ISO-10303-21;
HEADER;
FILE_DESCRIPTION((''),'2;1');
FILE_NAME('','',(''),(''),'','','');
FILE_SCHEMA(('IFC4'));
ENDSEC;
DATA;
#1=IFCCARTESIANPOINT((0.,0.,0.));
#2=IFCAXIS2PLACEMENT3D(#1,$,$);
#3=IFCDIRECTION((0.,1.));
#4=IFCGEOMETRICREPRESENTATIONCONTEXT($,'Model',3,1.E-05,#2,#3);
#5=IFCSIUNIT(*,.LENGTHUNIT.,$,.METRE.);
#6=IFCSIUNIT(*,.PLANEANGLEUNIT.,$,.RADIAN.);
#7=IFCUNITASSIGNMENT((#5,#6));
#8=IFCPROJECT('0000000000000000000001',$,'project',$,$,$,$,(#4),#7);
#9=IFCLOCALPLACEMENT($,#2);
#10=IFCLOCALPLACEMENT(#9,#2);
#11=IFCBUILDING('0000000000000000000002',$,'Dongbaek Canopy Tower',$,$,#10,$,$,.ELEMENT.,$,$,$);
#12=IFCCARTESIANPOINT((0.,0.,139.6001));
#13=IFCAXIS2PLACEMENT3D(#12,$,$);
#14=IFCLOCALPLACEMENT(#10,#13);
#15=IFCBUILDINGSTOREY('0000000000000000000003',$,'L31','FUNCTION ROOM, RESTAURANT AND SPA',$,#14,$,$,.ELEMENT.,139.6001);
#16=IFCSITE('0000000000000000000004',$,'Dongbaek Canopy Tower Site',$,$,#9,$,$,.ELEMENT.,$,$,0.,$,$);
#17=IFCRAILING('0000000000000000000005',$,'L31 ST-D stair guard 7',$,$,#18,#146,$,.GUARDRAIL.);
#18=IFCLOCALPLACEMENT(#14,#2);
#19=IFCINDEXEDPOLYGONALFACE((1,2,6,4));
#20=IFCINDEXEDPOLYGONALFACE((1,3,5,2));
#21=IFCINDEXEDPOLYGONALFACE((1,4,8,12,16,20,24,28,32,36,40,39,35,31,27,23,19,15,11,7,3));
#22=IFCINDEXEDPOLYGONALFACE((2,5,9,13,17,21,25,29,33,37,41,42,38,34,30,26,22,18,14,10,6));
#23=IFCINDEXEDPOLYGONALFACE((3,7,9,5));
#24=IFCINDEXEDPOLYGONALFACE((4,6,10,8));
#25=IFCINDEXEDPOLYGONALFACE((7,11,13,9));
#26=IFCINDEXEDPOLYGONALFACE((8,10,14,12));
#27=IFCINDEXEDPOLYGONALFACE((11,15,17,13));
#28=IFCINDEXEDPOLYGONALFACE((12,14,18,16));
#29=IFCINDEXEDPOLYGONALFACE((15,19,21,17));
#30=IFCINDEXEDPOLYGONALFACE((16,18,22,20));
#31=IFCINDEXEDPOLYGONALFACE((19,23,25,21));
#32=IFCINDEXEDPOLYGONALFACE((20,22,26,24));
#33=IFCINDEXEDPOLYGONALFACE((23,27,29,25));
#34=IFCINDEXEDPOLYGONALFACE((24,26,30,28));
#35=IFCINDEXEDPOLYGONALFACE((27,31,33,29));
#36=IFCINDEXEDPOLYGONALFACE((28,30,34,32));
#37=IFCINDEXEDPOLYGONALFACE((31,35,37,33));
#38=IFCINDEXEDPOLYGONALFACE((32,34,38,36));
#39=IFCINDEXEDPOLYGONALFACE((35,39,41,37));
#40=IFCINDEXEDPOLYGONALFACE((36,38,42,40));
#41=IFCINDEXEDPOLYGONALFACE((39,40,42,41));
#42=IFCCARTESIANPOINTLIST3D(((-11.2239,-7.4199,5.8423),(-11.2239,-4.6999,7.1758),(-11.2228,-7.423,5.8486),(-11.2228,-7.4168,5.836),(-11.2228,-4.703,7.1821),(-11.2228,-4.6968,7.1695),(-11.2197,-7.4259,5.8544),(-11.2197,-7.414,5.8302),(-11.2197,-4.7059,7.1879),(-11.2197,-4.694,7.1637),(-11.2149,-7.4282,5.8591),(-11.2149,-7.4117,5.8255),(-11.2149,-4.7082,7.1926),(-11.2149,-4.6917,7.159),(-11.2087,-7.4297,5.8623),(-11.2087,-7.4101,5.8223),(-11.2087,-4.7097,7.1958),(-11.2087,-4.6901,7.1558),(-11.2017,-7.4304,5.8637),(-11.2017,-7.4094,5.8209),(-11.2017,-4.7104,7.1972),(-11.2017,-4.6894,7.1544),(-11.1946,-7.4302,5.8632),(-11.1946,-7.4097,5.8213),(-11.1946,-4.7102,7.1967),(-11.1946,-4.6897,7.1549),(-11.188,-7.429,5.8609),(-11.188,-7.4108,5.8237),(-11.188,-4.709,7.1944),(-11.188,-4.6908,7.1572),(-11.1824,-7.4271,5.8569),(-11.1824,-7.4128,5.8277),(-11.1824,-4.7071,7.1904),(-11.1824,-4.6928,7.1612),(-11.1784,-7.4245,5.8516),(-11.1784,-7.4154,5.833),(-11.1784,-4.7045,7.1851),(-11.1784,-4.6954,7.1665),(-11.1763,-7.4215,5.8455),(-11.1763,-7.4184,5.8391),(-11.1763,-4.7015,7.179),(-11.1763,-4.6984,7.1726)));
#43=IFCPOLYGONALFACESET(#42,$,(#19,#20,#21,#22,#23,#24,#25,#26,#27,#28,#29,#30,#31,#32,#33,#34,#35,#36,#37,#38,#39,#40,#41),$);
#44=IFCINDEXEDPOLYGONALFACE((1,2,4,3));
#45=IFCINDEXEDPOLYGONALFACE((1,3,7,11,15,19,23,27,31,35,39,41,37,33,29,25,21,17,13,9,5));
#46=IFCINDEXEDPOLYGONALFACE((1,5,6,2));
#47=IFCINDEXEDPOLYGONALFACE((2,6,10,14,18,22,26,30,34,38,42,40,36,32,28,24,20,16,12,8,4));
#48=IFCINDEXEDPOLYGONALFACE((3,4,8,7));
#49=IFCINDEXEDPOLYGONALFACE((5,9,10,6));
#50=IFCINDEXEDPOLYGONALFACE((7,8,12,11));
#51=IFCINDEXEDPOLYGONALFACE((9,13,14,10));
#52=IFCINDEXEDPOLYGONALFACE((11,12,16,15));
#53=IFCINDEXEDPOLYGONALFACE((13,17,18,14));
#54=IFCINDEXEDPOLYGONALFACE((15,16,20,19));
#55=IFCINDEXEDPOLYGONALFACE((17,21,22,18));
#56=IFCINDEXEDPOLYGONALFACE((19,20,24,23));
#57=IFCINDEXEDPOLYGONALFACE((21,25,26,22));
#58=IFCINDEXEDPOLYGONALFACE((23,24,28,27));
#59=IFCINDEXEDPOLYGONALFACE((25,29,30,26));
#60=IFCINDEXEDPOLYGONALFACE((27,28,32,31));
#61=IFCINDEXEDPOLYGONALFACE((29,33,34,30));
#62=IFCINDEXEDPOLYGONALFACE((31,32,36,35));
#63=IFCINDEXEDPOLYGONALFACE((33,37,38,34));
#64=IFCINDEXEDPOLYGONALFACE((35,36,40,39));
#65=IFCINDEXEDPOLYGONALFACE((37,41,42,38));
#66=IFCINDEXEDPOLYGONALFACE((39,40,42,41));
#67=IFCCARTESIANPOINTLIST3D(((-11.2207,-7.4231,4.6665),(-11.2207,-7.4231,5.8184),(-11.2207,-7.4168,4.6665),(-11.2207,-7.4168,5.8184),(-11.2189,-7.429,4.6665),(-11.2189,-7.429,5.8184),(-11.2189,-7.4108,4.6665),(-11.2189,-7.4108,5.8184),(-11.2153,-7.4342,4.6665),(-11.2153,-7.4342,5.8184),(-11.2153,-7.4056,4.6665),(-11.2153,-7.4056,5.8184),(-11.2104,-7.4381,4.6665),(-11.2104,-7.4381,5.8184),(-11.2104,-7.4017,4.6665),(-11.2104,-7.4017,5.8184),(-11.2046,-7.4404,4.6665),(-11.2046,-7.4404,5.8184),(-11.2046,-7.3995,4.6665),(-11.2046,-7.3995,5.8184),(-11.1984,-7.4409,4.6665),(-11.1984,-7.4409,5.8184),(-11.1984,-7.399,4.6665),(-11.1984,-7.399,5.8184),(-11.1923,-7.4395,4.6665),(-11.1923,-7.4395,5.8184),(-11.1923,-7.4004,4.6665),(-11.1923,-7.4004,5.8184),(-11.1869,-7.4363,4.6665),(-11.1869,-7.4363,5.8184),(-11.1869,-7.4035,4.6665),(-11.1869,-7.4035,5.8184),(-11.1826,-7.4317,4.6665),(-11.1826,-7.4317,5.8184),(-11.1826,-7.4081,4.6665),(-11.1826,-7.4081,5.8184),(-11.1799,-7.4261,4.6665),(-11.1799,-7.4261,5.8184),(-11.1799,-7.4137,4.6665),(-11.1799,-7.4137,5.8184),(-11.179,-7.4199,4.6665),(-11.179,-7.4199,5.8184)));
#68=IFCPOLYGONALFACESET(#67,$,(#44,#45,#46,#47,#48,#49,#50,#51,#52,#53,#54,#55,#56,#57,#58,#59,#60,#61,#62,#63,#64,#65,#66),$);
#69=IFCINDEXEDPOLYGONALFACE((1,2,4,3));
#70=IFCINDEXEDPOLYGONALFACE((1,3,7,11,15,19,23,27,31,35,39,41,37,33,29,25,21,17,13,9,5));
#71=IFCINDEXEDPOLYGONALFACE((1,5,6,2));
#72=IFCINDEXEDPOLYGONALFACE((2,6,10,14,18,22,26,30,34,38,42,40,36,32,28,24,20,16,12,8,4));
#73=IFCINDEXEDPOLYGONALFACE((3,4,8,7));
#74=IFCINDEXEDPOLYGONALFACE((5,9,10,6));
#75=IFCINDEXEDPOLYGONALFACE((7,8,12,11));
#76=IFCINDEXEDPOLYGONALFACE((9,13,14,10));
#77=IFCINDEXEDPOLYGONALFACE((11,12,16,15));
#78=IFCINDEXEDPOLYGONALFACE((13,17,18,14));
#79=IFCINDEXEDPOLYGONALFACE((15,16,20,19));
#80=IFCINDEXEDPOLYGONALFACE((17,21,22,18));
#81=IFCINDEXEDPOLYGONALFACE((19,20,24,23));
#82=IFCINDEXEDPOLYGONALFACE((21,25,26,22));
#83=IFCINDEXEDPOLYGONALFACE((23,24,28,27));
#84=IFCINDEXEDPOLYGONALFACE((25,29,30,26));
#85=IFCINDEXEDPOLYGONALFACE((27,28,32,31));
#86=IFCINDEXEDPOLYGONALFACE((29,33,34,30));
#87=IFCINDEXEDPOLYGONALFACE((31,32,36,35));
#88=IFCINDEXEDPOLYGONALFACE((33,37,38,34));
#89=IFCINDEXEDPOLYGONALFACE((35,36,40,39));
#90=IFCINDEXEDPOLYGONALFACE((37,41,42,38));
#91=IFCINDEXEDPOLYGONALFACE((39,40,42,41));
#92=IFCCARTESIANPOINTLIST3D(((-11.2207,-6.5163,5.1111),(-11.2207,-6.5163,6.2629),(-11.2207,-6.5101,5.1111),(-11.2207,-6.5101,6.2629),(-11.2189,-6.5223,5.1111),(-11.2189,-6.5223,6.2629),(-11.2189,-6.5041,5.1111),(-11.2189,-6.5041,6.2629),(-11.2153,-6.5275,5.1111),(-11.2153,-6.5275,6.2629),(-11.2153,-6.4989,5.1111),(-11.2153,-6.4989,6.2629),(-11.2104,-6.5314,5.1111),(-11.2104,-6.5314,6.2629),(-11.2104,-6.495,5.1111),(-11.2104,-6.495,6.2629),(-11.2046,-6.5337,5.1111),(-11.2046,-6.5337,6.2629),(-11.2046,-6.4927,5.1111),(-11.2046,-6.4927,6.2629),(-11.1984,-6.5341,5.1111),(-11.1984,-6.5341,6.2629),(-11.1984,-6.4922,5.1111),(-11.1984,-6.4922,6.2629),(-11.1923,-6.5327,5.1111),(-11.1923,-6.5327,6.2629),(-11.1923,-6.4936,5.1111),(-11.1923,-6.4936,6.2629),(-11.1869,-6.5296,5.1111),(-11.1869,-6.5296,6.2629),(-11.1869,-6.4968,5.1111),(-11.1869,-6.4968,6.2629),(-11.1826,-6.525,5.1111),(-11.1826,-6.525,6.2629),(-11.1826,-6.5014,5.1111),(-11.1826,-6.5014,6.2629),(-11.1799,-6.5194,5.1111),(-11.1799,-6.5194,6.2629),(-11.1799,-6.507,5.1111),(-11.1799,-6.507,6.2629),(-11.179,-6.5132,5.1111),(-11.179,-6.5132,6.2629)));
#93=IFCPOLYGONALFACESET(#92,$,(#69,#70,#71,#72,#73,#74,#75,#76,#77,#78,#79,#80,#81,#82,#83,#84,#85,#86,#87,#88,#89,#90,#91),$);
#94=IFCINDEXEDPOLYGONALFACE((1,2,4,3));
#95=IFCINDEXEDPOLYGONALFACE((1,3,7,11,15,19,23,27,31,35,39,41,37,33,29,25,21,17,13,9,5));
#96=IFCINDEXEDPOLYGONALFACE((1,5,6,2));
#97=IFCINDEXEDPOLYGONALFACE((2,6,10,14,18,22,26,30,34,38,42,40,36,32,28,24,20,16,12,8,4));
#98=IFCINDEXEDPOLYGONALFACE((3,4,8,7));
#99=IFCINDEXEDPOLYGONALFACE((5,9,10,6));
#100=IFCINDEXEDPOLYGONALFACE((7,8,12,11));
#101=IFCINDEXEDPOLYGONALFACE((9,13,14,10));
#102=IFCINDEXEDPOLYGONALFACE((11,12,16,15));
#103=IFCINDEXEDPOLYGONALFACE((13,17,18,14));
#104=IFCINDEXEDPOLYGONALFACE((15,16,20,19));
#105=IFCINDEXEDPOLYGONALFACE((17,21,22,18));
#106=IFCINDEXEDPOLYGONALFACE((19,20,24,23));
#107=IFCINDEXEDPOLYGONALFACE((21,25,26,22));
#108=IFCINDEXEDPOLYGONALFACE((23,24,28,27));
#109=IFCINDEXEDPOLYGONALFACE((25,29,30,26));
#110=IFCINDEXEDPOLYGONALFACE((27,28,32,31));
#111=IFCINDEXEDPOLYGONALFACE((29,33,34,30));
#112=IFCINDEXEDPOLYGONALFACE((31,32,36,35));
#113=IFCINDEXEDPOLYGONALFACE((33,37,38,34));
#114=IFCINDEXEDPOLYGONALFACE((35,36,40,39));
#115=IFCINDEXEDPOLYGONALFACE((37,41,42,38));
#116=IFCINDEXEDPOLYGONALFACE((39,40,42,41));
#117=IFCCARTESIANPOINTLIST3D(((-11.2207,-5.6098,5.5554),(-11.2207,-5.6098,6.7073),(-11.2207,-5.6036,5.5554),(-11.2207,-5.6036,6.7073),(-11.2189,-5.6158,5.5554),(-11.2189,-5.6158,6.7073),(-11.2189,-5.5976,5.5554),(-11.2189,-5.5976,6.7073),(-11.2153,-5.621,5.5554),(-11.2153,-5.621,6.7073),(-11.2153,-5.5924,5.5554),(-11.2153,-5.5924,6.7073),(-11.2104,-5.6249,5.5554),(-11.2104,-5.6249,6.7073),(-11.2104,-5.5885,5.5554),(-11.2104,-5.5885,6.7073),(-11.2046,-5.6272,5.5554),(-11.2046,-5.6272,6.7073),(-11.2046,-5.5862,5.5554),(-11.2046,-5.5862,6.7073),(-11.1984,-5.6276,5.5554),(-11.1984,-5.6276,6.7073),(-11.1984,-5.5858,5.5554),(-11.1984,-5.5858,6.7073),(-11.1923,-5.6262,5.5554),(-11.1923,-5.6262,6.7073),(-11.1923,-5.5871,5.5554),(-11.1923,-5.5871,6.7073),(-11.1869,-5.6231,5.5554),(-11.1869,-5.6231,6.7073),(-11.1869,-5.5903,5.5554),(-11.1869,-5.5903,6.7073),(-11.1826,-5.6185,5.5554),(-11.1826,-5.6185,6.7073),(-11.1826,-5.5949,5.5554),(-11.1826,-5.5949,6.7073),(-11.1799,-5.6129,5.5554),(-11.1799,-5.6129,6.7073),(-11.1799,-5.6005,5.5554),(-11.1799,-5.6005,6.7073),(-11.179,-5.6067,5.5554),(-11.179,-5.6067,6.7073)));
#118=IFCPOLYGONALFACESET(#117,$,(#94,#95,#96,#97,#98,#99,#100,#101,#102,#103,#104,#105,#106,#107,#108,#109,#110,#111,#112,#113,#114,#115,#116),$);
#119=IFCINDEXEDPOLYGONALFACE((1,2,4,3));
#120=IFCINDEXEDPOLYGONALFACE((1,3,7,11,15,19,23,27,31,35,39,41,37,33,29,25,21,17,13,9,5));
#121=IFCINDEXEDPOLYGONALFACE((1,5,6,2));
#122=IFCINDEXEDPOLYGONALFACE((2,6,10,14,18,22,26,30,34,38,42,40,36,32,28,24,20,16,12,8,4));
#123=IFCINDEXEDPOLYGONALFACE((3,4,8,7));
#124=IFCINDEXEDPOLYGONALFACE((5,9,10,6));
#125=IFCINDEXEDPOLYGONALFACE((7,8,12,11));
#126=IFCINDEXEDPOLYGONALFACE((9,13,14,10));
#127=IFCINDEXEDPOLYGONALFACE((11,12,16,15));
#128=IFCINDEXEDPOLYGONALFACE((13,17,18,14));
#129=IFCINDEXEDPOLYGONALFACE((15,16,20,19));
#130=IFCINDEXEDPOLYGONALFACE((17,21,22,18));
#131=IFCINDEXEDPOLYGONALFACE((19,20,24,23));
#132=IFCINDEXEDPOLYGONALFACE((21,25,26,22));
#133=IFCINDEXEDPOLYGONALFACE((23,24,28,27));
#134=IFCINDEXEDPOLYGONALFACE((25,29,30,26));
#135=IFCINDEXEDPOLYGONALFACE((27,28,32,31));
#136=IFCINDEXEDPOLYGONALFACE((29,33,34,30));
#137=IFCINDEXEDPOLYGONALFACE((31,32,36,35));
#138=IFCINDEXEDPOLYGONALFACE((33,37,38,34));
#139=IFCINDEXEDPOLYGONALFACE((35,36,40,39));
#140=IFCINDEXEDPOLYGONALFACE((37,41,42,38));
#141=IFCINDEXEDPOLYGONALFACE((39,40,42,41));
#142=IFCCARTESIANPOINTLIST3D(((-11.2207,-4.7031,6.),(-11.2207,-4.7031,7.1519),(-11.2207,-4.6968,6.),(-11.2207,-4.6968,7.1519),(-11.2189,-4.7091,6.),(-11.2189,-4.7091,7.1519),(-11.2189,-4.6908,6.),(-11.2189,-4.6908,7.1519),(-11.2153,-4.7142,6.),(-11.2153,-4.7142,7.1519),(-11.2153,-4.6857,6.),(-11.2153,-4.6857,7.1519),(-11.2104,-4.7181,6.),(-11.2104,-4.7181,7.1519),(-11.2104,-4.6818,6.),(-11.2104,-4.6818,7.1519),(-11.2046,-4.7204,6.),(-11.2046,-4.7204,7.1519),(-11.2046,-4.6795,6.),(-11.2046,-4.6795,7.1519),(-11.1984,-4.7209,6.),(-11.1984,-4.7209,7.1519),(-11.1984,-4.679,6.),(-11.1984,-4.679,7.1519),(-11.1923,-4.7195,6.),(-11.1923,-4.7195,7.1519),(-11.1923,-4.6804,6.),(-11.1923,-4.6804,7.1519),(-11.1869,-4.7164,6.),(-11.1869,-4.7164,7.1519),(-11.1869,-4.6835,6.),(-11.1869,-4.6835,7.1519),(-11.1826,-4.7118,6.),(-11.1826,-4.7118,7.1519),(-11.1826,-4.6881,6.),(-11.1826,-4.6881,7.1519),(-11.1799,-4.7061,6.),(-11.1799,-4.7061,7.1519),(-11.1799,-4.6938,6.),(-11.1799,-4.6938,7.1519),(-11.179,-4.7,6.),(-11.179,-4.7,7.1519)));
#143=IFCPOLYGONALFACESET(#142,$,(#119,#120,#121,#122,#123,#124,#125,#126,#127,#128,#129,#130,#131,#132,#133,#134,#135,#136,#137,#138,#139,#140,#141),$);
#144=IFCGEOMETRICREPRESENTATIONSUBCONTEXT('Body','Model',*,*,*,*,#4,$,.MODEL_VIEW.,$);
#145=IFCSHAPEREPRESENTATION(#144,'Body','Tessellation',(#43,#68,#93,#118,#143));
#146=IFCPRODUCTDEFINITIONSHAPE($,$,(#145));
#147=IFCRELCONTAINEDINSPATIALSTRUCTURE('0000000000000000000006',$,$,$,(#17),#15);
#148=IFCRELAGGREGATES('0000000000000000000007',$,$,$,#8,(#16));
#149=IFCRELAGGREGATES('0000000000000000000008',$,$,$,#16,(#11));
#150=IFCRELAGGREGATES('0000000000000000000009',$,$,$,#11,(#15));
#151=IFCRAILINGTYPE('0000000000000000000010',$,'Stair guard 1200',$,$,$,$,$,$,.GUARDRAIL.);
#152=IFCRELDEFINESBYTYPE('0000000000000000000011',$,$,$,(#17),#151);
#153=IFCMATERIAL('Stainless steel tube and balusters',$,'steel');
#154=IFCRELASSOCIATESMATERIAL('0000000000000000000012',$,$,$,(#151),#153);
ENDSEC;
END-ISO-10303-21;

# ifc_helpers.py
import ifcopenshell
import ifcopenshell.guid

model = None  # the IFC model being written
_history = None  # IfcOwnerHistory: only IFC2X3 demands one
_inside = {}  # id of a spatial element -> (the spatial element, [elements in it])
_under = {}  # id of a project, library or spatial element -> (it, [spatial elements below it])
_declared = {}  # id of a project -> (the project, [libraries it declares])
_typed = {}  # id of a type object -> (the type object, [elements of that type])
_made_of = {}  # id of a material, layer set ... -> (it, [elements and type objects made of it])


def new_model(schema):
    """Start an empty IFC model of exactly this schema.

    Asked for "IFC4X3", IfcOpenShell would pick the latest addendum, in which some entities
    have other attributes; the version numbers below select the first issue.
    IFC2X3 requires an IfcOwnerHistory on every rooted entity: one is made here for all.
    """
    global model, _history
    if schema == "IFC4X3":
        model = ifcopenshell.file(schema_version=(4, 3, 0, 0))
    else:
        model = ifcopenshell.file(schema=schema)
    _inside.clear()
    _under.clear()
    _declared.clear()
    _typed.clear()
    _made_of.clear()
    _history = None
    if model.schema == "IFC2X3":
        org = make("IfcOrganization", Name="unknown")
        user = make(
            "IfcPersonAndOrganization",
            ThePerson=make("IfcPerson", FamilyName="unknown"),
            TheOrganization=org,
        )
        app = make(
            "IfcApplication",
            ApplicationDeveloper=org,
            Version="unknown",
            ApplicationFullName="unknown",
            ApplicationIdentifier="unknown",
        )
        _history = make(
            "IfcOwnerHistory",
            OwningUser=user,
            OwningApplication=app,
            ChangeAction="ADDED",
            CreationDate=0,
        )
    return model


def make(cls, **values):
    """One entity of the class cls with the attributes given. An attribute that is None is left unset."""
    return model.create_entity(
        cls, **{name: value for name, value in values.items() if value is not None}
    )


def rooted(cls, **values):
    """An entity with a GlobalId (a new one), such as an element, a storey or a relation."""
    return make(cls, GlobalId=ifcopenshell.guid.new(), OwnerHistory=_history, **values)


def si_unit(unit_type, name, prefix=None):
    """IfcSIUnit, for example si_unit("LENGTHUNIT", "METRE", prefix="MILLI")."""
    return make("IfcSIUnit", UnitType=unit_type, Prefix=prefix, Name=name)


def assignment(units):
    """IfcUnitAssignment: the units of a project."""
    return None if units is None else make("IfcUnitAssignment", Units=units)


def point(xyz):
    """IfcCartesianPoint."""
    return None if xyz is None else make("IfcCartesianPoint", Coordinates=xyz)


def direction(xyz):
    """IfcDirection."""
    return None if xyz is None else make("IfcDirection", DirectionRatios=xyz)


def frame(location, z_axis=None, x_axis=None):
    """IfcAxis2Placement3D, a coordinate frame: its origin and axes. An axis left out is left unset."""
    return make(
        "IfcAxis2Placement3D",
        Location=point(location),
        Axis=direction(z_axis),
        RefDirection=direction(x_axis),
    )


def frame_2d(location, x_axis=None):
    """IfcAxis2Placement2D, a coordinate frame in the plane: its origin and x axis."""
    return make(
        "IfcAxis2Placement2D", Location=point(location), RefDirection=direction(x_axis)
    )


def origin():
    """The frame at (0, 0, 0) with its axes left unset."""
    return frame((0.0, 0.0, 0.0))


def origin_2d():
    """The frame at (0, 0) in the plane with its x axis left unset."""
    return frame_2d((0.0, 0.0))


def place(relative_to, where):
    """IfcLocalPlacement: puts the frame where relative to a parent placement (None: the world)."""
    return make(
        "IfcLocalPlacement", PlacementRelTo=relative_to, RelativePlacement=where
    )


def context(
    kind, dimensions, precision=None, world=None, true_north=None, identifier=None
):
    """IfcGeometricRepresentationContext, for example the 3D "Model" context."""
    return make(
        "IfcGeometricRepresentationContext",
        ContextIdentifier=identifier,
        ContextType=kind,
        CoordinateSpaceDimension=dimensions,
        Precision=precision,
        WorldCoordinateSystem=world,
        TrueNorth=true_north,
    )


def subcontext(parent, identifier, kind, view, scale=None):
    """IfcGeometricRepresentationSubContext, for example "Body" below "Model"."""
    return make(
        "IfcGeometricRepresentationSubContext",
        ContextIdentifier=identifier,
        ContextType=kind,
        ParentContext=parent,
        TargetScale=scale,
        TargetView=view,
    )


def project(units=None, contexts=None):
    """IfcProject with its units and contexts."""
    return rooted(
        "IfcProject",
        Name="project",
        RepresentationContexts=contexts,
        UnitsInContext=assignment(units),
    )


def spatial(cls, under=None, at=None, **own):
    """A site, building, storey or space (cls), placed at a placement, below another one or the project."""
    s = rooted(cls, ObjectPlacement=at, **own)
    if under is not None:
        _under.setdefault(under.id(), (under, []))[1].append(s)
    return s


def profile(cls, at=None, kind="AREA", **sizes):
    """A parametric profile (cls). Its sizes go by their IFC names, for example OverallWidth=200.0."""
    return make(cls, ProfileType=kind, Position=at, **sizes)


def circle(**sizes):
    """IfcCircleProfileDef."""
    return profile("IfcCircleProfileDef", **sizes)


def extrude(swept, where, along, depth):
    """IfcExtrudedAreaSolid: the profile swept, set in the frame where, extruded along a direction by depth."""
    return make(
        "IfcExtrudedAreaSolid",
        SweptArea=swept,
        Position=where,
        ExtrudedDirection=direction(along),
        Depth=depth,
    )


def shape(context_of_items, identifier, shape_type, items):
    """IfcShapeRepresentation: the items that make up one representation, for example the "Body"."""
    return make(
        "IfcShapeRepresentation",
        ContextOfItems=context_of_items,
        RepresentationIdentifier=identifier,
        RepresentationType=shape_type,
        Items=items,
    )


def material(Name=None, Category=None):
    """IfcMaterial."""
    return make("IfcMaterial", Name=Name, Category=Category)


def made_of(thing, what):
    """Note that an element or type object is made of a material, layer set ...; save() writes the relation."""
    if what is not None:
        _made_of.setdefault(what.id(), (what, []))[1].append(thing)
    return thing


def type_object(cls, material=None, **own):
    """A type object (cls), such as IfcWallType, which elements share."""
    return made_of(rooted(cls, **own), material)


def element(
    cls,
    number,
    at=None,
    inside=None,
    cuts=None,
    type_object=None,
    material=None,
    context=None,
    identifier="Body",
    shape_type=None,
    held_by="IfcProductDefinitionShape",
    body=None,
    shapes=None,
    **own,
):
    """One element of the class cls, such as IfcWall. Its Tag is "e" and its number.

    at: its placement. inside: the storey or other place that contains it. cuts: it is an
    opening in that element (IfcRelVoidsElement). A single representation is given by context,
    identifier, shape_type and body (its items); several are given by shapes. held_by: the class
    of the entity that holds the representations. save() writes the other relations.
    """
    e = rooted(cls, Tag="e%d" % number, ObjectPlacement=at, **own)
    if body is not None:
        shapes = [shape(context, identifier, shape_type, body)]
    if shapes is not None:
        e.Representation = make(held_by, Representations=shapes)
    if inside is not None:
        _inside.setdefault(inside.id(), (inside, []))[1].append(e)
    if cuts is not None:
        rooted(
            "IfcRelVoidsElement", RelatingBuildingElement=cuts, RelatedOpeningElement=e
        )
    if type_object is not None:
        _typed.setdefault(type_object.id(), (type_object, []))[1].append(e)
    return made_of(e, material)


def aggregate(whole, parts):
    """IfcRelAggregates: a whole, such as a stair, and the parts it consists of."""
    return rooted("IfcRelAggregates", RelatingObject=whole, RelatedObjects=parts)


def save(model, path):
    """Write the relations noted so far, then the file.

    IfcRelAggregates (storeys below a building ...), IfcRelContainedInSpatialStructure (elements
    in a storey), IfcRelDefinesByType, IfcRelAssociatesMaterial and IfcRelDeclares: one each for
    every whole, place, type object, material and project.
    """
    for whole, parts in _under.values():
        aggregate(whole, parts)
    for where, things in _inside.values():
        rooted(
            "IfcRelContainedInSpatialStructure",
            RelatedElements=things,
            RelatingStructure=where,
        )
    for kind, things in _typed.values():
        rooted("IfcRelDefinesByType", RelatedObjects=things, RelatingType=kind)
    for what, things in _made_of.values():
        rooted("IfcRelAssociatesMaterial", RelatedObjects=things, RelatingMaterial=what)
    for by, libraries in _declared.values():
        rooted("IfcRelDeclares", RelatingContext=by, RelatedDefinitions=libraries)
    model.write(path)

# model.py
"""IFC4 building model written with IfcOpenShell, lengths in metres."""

from ifc_helpers import new_model, si_unit, direction, frame, origin, origin_2d, place, context, subcontext, project, spatial, circle, extrude, material, type_object, element, save


model = new_model("IFC4")

# Units and contexts
model_context = context("Model", 3, precision=1e-05, world=origin(), true_north=direction((0.0, 1.0)))
body_context = subcontext(model_context, "Body", "Model", "MODEL_VIEW")
ifc_project = project(units=[si_unit("LENGTHUNIT", "METRE"), si_unit("PLANEANGLEUNIT", "RADIAN")], contexts=[model_context])

# Site, building, storey
site_placement = place(None, origin())
site = spatial("IfcSite", under=ifc_project, at=site_placement, Name="Dongbaek Canopy Tower Site", CompositionType="ELEMENT", RefElevation=0.0)
building_placement = place(site_placement, origin())
building = spatial("IfcBuilding", under=site, at=building_placement, Name="Dongbaek Canopy Tower", CompositionType="ELEMENT")
storey_placement = place(building_placement, frame((0.0, 0.0, 139.6001)))
storey = spatial("IfcBuildingStorey", under=building, at=storey_placement, Name="L31", Description="FUNCTION ROOM, RESTAURANT AND SPA", CompositionType="ELEMENT", Elevation=139.6001)

# Railing
ifc_material_1 = material(Name="Stainless steel tube and balusters", Category="steel")
railing_type_1 = type_object("IfcRailingType", Name="Stair guard 1200", PredefinedType="GUARDRAIL", material=ifc_material_1)
railing_1_placement = place(storey_placement, frame((-11.2, -7.4199, 4.6665)))
element("IfcRailing", 1, at=railing_1_placement, inside=storey, type_object=railing_type_1, Name="L31 ST-D stair guard 7", PredefinedType="GUARDRAIL", context=body_context, shape_type="SweptSolid", body=[
    extrude(circle(Radius=0.0239, at=origin_2d()), frame((0.0, 0.0, 1.1758), z_axis=(0.0, 0.897898, 0.440204), x_axis=(-1.0, 0.0, 0.0)), (0.0, 0.0, 1.0), 3.0293),
    extrude(circle(Radius=0.021, at=origin_2d()), origin(), (0.0, 0.0, 1.0), 1.1519),
    extrude(circle(Radius=0.021, at=origin_2d()), frame((0.0, 0.9067, 0.4446)), (0.0, 0.0, 1.0), 1.1519),
    extrude(circle(Radius=0.021, at=origin_2d()), frame((0.0, 1.8132, 0.8889)), (0.0, 0.0, 1.0), 1.1519),
    extrude(circle(Radius=0.021, at=origin_2d()), frame((0.0, 2.72, 1.3335)), (0.0, 0.0, 1.0), 1.1519),
])

save(model, "model.ifc")
